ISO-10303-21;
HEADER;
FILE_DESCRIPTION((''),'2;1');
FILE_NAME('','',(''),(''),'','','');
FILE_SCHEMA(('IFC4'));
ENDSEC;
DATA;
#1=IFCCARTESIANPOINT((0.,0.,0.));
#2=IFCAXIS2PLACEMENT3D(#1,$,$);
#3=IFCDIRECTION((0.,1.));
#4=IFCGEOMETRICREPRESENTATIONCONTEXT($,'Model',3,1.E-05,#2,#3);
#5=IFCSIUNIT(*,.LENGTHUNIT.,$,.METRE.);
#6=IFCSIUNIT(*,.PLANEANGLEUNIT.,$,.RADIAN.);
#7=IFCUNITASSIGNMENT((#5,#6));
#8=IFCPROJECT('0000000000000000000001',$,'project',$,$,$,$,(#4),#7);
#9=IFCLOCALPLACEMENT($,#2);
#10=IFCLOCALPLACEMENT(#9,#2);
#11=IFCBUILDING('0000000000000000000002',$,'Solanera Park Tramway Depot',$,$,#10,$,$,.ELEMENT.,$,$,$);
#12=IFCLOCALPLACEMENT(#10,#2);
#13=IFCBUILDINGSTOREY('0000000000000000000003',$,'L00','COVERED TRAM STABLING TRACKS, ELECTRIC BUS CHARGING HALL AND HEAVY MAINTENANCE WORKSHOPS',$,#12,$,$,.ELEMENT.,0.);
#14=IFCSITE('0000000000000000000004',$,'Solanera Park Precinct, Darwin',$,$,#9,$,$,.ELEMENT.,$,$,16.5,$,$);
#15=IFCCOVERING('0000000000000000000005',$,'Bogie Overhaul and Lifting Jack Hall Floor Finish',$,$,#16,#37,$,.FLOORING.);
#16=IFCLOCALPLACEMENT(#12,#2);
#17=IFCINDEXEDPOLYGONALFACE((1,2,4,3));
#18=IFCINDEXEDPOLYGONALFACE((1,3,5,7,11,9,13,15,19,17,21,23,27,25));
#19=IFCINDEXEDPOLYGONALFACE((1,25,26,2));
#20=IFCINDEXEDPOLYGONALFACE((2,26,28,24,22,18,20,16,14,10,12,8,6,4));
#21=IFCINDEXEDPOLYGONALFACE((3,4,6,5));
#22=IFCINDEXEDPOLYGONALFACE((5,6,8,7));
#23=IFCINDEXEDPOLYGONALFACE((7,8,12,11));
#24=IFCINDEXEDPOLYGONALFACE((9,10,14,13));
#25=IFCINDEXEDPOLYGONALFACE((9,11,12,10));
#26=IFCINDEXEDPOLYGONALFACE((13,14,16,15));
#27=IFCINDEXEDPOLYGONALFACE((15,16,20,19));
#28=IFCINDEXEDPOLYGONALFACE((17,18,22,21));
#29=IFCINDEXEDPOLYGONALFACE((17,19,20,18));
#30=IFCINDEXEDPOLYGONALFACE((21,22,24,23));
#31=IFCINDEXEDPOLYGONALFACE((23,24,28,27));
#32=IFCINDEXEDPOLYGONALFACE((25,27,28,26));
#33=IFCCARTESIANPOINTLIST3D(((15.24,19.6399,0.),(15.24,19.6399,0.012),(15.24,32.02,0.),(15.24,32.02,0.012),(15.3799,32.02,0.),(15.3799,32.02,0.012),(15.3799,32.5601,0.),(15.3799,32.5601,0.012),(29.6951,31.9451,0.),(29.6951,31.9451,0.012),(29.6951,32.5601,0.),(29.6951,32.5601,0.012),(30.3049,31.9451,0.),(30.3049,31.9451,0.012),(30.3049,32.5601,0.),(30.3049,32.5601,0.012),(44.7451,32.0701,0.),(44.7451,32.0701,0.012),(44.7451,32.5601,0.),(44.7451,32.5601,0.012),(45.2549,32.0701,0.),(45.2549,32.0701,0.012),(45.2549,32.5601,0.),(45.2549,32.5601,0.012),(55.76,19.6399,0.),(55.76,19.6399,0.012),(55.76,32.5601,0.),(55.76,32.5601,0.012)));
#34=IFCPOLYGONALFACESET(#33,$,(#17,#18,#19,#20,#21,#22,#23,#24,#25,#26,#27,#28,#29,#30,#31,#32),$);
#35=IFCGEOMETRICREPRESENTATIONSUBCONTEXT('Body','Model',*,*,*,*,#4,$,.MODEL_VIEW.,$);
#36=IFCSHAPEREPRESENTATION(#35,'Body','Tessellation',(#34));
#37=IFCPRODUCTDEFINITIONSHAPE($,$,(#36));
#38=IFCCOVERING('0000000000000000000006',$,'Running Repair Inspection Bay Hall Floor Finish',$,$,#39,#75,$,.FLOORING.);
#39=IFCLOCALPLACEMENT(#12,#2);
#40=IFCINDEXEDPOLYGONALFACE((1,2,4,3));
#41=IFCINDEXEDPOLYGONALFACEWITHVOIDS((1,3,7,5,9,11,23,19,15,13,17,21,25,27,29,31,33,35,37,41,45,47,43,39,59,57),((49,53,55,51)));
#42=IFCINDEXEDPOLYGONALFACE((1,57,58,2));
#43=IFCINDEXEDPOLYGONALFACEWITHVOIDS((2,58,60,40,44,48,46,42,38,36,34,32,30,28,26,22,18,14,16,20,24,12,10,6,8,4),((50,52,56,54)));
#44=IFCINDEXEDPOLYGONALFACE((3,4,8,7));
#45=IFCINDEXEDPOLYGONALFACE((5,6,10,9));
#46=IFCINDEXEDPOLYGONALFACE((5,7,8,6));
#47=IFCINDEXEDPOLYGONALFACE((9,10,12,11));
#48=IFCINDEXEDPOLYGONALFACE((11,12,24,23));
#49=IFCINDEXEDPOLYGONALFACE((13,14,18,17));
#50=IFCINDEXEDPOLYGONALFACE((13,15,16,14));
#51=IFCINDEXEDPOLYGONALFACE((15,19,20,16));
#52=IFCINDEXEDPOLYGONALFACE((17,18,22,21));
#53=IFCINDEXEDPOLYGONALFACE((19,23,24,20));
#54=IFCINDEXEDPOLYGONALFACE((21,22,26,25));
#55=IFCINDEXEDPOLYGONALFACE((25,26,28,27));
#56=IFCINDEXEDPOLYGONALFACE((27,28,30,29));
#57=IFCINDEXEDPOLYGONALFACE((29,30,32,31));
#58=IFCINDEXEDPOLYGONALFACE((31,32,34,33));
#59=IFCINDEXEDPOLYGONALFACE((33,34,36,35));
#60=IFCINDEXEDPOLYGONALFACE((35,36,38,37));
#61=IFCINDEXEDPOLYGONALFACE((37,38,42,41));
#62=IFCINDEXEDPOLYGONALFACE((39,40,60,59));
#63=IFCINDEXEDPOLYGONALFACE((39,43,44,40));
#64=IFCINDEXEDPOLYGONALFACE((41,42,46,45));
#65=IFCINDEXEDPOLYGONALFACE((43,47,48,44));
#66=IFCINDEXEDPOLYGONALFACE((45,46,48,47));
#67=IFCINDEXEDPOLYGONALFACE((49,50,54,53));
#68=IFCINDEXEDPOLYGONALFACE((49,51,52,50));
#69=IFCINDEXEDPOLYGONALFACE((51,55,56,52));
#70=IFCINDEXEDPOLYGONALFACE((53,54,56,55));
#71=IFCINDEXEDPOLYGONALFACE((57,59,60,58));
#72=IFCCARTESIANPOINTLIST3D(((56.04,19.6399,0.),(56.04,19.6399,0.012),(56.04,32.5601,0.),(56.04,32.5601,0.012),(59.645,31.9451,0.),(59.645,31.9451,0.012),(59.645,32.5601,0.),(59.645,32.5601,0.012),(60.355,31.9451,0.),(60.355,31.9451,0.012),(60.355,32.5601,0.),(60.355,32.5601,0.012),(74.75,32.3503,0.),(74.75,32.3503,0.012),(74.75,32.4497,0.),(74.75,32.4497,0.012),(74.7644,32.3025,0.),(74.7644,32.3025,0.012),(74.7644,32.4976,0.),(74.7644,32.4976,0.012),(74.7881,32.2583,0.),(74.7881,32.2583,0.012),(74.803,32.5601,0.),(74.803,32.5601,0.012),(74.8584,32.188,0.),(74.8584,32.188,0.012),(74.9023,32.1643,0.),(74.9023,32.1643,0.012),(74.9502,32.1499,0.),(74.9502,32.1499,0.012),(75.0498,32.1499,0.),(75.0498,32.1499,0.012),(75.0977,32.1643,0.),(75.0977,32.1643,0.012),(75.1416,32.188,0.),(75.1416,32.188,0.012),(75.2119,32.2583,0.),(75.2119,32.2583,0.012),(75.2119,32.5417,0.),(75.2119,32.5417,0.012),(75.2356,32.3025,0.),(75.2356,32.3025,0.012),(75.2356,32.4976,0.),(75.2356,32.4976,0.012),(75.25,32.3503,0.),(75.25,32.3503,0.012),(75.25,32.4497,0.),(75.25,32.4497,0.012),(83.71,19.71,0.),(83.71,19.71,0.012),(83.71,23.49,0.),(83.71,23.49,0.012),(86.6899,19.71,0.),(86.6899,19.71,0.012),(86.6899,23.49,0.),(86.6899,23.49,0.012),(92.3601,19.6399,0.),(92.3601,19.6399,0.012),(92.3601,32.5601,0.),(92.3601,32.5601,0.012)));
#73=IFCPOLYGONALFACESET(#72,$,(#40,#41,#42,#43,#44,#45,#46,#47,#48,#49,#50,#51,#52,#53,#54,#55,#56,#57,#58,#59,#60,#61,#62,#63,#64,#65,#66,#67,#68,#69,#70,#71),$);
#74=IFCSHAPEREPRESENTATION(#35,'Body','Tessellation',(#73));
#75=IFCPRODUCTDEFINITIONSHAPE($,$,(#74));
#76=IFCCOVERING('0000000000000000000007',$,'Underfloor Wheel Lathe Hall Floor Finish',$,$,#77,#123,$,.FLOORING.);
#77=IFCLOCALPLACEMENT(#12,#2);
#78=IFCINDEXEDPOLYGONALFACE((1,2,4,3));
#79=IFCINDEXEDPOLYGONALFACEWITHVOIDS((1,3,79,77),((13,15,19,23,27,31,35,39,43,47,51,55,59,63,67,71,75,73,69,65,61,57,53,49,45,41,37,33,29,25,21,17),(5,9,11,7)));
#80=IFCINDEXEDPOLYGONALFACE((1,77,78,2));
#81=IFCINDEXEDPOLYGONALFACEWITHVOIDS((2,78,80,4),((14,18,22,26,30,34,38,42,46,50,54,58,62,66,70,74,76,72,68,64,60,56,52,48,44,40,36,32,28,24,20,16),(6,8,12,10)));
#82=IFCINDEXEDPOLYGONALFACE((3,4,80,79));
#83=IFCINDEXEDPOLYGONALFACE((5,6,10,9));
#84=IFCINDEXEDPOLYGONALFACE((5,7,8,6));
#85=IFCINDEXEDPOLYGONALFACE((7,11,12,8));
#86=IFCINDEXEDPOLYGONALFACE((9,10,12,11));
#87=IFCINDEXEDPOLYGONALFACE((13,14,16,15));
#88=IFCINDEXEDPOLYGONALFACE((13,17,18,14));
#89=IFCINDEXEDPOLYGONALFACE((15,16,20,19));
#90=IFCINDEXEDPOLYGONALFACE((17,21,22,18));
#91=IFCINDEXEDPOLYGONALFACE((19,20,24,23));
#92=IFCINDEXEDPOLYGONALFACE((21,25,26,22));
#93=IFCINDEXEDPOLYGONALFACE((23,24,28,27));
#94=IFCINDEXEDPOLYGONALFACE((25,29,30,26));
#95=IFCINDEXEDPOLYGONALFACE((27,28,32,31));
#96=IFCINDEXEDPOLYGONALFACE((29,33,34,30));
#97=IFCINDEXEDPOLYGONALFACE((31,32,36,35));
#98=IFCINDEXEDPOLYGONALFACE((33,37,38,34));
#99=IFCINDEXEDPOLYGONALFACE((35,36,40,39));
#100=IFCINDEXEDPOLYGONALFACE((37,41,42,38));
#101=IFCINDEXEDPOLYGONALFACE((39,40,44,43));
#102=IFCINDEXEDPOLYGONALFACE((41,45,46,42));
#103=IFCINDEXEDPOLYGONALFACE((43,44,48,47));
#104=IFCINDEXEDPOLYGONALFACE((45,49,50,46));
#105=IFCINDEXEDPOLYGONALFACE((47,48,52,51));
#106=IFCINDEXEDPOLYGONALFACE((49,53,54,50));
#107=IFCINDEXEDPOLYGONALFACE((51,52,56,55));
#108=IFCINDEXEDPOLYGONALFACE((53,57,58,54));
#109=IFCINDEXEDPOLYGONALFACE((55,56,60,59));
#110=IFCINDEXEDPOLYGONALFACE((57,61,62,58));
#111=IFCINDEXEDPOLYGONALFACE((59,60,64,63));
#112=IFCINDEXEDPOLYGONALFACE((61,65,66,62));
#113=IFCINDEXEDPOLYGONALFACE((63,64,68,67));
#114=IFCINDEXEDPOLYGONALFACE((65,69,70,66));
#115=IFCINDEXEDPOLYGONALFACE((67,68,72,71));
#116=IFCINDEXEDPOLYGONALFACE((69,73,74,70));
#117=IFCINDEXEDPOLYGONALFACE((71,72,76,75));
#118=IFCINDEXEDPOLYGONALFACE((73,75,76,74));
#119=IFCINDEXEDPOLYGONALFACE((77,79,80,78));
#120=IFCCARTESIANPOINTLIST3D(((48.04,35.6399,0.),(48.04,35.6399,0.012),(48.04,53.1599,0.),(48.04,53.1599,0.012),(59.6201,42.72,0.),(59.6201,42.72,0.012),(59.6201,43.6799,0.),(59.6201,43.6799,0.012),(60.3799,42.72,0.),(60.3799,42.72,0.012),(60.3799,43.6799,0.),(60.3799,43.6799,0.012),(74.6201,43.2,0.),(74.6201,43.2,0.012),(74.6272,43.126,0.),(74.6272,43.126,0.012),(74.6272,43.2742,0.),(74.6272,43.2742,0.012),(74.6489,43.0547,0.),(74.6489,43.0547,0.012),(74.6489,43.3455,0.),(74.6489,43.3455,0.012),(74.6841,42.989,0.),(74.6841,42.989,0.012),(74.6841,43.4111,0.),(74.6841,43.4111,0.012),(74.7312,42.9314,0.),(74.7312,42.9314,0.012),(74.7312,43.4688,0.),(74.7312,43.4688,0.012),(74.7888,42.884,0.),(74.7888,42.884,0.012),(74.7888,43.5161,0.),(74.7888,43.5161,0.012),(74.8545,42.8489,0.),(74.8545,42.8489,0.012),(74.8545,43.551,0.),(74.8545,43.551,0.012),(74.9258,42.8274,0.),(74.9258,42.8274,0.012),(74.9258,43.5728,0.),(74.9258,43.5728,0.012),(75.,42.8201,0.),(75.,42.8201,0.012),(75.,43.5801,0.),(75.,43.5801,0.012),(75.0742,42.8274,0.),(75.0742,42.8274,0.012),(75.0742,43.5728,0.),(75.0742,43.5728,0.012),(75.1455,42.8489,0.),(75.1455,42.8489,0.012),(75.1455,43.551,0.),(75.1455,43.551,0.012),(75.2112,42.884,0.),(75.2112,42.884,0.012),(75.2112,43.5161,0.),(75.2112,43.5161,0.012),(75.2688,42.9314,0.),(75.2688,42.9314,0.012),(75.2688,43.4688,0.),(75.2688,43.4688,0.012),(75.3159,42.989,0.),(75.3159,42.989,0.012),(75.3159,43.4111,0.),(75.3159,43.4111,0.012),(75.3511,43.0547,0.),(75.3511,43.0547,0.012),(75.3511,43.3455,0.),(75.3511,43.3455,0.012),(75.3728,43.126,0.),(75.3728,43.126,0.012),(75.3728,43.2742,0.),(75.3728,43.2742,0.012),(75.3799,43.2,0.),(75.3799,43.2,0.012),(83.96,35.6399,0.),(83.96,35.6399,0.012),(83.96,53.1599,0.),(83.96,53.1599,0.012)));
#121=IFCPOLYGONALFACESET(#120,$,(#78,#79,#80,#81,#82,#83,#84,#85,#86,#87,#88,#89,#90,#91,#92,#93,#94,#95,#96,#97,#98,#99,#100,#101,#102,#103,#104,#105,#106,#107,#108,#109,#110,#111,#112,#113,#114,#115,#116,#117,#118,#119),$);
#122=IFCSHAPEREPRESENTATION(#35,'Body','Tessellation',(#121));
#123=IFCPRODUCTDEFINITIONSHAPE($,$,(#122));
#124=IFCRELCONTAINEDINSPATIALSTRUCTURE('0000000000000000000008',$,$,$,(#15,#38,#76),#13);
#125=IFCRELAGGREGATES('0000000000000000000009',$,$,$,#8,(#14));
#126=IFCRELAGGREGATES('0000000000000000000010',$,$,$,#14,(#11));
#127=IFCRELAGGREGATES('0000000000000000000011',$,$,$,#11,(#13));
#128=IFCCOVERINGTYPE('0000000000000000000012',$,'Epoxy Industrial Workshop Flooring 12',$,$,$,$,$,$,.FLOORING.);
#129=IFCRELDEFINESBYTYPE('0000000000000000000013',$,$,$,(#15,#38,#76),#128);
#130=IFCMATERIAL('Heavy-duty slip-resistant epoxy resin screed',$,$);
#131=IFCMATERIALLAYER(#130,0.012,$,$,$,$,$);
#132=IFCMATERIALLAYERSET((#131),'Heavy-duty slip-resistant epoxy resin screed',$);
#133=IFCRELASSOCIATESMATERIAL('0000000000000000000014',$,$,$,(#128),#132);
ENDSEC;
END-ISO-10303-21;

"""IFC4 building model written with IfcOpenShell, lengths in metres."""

from ifc_helpers import new_model, si_unit, direction, origin, place, context, subcontext, project, spatial, polyline, outline, extrude, material, layer, layer_set, type_object, element, save


model = new_model("IFC4")

# Units and contexts
model_context = context("Model", 3, precision=1e-05, world=origin(), true_north=direction((0.0, 1.0)))
body_context = subcontext(model_context, "Body", "Model", "MODEL_VIEW")
ifc_project = project(units=[si_unit("LENGTHUNIT", "METRE"), si_unit("PLANEANGLEUNIT", "RADIAN")], contexts=[model_context])

# Site, building, storey
site_placement = place(None, origin())
site = spatial("IfcSite", under=ifc_project, at=site_placement, Name="Solanera Park Precinct, Darwin", CompositionType="ELEMENT", RefElevation=16.5)
building_placement = place(site_placement, origin())
building = spatial("IfcBuilding", under=site, at=building_placement, Name="Solanera Park Tramway Depot", CompositionType="ELEMENT")
storey_placement = place(building_placement, origin())
storey = spatial("IfcBuildingStorey", under=building, at=storey_placement, Name="L00", Description="COVERED TRAM STABLING TRACKS, ELECTRIC BUS CHARGING HALL AND HEAVY MAINTENANCE WORKSHOPS", CompositionType="ELEMENT", Elevation=0.0)

# Coverings
ifc_material_1 = material(Name="Heavy-duty slip-resistant epoxy resin screed")
ifc_layer_1 = layer(ifc_material_1, 0.012)
ifc_layer_set_1 = layer_set([ifc_layer_1], Name="Heavy-duty slip-resistant epoxy resin screed")
covering_type = type_object("IfcCoveringType", Name="Epoxy Industrial Workshop Flooring 12", PredefinedType="FLOORING", material=ifc_layer_set_1)
covering_1_placement = place(storey_placement, origin())
element("IfcCovering", 1, at=covering_1_placement, inside=storey, type_object=covering_type, Name="Bogie Overhaul and Lifting Jack Hall Floor Finish", PredefinedType="FLOORING", context=body_context, shape_type="SweptSolid", body=[
    extrude(outline(polyline([(15.3799, 32.02), (15.3799, 32.5601), (29.6951, 32.5601), (29.6951, 31.9451), (30.3049, 31.9451), (30.3049, 32.5601), (44.7451, 32.5601), (44.7451, 32.0701), (45.2549, 32.0701), (45.2549, 32.5601), (55.76, 32.5601), (55.76, 19.6399), (15.24, 19.6399), (15.24, 32.02), (15.3799, 32.02)])), origin(), (0.0, 0.0, 1.0), 0.012),
])
covering_2_placement = place(storey_placement, origin())
element("IfcCovering", 2, at=covering_2_placement, inside=storey, type_object=covering_type, Name="Running Repair Inspection Bay Hall Floor Finish", PredefinedType="FLOORING", context=body_context, shape_type="SweptSolid", body=[
    extrude(outline(polyline([(59.645, 32.5601), (59.645, 31.9451), (60.355, 31.9451), (60.355, 32.5601), (74.803, 32.5601), (74.7644, 32.4976), (74.75, 32.4497), (74.75, 32.3503), (74.7644, 32.3025), (74.7881, 32.2583), (74.8584, 32.188), (74.9023, 32.1643), (74.9502, 32.1499), (75.0498, 32.1499), (75.0977, 32.1643), (75.1416, 32.188), (75.2119, 32.2583), (75.2356, 32.3025), (75.25, 32.3503), (75.25, 32.4497), (75.2356, 32.4976), (75.2119, 32.5417), (92.3601, 32.5601), (92.3601, 19.6399), (56.04, 19.6399), (56.04, 32.5601), (59.645, 32.5601)]), holes=[polyline([(83.71, 19.71), (86.6899, 19.71), (86.6899, 23.49), (83.71, 23.49), (83.71, 19.71)])]), origin(), (0.0, 0.0, 1.0), 0.012),
])
covering_3_placement = place(storey_placement, origin())
element("IfcCovering", 3, at=covering_3_placement, inside=storey, type_object=covering_type, Name="Underfloor Wheel Lathe Hall Floor Finish", PredefinedType="FLOORING", context=body_context, shape_type="SweptSolid", body=[
    extrude(outline(polyline([(48.04, 53.1599), (83.96, 53.1599), (83.96, 35.6399), (48.04, 35.6399), (48.04, 53.1599)]), holes=[polyline([(60.3799, 43.6799), (59.6201, 43.6799), (59.6201, 42.72), (60.3799, 42.72), (60.3799, 43.6799)]), polyline([(75.3728, 43.2742), (75.3511, 43.3455), (75.3159, 43.4111), (75.2688, 43.4688), (75.2112, 43.5161), (75.1455, 43.551), (75.0742, 43.5728), (75.0, 43.5801), (74.9258, 43.5728), (74.8545, 43.551), (74.7888, 43.5161), (74.7312, 43.4688), (74.6841, 43.4111), (74.6489, 43.3455), (74.6272, 43.2742), (74.6201, 43.2), (74.6272, 43.126), (74.6489, 43.0547), (74.6841, 42.989), (74.7312, 42.9314), (74.7888, 42.884), (74.8545, 42.8489), (74.9258, 42.8274), (75.0, 42.8201), (75.0742, 42.8274), (75.1455, 42.8489), (75.2112, 42.884), (75.2688, 42.9314), (75.3159, 42.989), (75.3511, 43.0547), (75.3728, 43.126), (75.3799, 43.2), (75.3728, 43.2742)])]), origin(), (0.0, 0.0, 1.0), 0.012),
])

save(model, "model.ifc")
